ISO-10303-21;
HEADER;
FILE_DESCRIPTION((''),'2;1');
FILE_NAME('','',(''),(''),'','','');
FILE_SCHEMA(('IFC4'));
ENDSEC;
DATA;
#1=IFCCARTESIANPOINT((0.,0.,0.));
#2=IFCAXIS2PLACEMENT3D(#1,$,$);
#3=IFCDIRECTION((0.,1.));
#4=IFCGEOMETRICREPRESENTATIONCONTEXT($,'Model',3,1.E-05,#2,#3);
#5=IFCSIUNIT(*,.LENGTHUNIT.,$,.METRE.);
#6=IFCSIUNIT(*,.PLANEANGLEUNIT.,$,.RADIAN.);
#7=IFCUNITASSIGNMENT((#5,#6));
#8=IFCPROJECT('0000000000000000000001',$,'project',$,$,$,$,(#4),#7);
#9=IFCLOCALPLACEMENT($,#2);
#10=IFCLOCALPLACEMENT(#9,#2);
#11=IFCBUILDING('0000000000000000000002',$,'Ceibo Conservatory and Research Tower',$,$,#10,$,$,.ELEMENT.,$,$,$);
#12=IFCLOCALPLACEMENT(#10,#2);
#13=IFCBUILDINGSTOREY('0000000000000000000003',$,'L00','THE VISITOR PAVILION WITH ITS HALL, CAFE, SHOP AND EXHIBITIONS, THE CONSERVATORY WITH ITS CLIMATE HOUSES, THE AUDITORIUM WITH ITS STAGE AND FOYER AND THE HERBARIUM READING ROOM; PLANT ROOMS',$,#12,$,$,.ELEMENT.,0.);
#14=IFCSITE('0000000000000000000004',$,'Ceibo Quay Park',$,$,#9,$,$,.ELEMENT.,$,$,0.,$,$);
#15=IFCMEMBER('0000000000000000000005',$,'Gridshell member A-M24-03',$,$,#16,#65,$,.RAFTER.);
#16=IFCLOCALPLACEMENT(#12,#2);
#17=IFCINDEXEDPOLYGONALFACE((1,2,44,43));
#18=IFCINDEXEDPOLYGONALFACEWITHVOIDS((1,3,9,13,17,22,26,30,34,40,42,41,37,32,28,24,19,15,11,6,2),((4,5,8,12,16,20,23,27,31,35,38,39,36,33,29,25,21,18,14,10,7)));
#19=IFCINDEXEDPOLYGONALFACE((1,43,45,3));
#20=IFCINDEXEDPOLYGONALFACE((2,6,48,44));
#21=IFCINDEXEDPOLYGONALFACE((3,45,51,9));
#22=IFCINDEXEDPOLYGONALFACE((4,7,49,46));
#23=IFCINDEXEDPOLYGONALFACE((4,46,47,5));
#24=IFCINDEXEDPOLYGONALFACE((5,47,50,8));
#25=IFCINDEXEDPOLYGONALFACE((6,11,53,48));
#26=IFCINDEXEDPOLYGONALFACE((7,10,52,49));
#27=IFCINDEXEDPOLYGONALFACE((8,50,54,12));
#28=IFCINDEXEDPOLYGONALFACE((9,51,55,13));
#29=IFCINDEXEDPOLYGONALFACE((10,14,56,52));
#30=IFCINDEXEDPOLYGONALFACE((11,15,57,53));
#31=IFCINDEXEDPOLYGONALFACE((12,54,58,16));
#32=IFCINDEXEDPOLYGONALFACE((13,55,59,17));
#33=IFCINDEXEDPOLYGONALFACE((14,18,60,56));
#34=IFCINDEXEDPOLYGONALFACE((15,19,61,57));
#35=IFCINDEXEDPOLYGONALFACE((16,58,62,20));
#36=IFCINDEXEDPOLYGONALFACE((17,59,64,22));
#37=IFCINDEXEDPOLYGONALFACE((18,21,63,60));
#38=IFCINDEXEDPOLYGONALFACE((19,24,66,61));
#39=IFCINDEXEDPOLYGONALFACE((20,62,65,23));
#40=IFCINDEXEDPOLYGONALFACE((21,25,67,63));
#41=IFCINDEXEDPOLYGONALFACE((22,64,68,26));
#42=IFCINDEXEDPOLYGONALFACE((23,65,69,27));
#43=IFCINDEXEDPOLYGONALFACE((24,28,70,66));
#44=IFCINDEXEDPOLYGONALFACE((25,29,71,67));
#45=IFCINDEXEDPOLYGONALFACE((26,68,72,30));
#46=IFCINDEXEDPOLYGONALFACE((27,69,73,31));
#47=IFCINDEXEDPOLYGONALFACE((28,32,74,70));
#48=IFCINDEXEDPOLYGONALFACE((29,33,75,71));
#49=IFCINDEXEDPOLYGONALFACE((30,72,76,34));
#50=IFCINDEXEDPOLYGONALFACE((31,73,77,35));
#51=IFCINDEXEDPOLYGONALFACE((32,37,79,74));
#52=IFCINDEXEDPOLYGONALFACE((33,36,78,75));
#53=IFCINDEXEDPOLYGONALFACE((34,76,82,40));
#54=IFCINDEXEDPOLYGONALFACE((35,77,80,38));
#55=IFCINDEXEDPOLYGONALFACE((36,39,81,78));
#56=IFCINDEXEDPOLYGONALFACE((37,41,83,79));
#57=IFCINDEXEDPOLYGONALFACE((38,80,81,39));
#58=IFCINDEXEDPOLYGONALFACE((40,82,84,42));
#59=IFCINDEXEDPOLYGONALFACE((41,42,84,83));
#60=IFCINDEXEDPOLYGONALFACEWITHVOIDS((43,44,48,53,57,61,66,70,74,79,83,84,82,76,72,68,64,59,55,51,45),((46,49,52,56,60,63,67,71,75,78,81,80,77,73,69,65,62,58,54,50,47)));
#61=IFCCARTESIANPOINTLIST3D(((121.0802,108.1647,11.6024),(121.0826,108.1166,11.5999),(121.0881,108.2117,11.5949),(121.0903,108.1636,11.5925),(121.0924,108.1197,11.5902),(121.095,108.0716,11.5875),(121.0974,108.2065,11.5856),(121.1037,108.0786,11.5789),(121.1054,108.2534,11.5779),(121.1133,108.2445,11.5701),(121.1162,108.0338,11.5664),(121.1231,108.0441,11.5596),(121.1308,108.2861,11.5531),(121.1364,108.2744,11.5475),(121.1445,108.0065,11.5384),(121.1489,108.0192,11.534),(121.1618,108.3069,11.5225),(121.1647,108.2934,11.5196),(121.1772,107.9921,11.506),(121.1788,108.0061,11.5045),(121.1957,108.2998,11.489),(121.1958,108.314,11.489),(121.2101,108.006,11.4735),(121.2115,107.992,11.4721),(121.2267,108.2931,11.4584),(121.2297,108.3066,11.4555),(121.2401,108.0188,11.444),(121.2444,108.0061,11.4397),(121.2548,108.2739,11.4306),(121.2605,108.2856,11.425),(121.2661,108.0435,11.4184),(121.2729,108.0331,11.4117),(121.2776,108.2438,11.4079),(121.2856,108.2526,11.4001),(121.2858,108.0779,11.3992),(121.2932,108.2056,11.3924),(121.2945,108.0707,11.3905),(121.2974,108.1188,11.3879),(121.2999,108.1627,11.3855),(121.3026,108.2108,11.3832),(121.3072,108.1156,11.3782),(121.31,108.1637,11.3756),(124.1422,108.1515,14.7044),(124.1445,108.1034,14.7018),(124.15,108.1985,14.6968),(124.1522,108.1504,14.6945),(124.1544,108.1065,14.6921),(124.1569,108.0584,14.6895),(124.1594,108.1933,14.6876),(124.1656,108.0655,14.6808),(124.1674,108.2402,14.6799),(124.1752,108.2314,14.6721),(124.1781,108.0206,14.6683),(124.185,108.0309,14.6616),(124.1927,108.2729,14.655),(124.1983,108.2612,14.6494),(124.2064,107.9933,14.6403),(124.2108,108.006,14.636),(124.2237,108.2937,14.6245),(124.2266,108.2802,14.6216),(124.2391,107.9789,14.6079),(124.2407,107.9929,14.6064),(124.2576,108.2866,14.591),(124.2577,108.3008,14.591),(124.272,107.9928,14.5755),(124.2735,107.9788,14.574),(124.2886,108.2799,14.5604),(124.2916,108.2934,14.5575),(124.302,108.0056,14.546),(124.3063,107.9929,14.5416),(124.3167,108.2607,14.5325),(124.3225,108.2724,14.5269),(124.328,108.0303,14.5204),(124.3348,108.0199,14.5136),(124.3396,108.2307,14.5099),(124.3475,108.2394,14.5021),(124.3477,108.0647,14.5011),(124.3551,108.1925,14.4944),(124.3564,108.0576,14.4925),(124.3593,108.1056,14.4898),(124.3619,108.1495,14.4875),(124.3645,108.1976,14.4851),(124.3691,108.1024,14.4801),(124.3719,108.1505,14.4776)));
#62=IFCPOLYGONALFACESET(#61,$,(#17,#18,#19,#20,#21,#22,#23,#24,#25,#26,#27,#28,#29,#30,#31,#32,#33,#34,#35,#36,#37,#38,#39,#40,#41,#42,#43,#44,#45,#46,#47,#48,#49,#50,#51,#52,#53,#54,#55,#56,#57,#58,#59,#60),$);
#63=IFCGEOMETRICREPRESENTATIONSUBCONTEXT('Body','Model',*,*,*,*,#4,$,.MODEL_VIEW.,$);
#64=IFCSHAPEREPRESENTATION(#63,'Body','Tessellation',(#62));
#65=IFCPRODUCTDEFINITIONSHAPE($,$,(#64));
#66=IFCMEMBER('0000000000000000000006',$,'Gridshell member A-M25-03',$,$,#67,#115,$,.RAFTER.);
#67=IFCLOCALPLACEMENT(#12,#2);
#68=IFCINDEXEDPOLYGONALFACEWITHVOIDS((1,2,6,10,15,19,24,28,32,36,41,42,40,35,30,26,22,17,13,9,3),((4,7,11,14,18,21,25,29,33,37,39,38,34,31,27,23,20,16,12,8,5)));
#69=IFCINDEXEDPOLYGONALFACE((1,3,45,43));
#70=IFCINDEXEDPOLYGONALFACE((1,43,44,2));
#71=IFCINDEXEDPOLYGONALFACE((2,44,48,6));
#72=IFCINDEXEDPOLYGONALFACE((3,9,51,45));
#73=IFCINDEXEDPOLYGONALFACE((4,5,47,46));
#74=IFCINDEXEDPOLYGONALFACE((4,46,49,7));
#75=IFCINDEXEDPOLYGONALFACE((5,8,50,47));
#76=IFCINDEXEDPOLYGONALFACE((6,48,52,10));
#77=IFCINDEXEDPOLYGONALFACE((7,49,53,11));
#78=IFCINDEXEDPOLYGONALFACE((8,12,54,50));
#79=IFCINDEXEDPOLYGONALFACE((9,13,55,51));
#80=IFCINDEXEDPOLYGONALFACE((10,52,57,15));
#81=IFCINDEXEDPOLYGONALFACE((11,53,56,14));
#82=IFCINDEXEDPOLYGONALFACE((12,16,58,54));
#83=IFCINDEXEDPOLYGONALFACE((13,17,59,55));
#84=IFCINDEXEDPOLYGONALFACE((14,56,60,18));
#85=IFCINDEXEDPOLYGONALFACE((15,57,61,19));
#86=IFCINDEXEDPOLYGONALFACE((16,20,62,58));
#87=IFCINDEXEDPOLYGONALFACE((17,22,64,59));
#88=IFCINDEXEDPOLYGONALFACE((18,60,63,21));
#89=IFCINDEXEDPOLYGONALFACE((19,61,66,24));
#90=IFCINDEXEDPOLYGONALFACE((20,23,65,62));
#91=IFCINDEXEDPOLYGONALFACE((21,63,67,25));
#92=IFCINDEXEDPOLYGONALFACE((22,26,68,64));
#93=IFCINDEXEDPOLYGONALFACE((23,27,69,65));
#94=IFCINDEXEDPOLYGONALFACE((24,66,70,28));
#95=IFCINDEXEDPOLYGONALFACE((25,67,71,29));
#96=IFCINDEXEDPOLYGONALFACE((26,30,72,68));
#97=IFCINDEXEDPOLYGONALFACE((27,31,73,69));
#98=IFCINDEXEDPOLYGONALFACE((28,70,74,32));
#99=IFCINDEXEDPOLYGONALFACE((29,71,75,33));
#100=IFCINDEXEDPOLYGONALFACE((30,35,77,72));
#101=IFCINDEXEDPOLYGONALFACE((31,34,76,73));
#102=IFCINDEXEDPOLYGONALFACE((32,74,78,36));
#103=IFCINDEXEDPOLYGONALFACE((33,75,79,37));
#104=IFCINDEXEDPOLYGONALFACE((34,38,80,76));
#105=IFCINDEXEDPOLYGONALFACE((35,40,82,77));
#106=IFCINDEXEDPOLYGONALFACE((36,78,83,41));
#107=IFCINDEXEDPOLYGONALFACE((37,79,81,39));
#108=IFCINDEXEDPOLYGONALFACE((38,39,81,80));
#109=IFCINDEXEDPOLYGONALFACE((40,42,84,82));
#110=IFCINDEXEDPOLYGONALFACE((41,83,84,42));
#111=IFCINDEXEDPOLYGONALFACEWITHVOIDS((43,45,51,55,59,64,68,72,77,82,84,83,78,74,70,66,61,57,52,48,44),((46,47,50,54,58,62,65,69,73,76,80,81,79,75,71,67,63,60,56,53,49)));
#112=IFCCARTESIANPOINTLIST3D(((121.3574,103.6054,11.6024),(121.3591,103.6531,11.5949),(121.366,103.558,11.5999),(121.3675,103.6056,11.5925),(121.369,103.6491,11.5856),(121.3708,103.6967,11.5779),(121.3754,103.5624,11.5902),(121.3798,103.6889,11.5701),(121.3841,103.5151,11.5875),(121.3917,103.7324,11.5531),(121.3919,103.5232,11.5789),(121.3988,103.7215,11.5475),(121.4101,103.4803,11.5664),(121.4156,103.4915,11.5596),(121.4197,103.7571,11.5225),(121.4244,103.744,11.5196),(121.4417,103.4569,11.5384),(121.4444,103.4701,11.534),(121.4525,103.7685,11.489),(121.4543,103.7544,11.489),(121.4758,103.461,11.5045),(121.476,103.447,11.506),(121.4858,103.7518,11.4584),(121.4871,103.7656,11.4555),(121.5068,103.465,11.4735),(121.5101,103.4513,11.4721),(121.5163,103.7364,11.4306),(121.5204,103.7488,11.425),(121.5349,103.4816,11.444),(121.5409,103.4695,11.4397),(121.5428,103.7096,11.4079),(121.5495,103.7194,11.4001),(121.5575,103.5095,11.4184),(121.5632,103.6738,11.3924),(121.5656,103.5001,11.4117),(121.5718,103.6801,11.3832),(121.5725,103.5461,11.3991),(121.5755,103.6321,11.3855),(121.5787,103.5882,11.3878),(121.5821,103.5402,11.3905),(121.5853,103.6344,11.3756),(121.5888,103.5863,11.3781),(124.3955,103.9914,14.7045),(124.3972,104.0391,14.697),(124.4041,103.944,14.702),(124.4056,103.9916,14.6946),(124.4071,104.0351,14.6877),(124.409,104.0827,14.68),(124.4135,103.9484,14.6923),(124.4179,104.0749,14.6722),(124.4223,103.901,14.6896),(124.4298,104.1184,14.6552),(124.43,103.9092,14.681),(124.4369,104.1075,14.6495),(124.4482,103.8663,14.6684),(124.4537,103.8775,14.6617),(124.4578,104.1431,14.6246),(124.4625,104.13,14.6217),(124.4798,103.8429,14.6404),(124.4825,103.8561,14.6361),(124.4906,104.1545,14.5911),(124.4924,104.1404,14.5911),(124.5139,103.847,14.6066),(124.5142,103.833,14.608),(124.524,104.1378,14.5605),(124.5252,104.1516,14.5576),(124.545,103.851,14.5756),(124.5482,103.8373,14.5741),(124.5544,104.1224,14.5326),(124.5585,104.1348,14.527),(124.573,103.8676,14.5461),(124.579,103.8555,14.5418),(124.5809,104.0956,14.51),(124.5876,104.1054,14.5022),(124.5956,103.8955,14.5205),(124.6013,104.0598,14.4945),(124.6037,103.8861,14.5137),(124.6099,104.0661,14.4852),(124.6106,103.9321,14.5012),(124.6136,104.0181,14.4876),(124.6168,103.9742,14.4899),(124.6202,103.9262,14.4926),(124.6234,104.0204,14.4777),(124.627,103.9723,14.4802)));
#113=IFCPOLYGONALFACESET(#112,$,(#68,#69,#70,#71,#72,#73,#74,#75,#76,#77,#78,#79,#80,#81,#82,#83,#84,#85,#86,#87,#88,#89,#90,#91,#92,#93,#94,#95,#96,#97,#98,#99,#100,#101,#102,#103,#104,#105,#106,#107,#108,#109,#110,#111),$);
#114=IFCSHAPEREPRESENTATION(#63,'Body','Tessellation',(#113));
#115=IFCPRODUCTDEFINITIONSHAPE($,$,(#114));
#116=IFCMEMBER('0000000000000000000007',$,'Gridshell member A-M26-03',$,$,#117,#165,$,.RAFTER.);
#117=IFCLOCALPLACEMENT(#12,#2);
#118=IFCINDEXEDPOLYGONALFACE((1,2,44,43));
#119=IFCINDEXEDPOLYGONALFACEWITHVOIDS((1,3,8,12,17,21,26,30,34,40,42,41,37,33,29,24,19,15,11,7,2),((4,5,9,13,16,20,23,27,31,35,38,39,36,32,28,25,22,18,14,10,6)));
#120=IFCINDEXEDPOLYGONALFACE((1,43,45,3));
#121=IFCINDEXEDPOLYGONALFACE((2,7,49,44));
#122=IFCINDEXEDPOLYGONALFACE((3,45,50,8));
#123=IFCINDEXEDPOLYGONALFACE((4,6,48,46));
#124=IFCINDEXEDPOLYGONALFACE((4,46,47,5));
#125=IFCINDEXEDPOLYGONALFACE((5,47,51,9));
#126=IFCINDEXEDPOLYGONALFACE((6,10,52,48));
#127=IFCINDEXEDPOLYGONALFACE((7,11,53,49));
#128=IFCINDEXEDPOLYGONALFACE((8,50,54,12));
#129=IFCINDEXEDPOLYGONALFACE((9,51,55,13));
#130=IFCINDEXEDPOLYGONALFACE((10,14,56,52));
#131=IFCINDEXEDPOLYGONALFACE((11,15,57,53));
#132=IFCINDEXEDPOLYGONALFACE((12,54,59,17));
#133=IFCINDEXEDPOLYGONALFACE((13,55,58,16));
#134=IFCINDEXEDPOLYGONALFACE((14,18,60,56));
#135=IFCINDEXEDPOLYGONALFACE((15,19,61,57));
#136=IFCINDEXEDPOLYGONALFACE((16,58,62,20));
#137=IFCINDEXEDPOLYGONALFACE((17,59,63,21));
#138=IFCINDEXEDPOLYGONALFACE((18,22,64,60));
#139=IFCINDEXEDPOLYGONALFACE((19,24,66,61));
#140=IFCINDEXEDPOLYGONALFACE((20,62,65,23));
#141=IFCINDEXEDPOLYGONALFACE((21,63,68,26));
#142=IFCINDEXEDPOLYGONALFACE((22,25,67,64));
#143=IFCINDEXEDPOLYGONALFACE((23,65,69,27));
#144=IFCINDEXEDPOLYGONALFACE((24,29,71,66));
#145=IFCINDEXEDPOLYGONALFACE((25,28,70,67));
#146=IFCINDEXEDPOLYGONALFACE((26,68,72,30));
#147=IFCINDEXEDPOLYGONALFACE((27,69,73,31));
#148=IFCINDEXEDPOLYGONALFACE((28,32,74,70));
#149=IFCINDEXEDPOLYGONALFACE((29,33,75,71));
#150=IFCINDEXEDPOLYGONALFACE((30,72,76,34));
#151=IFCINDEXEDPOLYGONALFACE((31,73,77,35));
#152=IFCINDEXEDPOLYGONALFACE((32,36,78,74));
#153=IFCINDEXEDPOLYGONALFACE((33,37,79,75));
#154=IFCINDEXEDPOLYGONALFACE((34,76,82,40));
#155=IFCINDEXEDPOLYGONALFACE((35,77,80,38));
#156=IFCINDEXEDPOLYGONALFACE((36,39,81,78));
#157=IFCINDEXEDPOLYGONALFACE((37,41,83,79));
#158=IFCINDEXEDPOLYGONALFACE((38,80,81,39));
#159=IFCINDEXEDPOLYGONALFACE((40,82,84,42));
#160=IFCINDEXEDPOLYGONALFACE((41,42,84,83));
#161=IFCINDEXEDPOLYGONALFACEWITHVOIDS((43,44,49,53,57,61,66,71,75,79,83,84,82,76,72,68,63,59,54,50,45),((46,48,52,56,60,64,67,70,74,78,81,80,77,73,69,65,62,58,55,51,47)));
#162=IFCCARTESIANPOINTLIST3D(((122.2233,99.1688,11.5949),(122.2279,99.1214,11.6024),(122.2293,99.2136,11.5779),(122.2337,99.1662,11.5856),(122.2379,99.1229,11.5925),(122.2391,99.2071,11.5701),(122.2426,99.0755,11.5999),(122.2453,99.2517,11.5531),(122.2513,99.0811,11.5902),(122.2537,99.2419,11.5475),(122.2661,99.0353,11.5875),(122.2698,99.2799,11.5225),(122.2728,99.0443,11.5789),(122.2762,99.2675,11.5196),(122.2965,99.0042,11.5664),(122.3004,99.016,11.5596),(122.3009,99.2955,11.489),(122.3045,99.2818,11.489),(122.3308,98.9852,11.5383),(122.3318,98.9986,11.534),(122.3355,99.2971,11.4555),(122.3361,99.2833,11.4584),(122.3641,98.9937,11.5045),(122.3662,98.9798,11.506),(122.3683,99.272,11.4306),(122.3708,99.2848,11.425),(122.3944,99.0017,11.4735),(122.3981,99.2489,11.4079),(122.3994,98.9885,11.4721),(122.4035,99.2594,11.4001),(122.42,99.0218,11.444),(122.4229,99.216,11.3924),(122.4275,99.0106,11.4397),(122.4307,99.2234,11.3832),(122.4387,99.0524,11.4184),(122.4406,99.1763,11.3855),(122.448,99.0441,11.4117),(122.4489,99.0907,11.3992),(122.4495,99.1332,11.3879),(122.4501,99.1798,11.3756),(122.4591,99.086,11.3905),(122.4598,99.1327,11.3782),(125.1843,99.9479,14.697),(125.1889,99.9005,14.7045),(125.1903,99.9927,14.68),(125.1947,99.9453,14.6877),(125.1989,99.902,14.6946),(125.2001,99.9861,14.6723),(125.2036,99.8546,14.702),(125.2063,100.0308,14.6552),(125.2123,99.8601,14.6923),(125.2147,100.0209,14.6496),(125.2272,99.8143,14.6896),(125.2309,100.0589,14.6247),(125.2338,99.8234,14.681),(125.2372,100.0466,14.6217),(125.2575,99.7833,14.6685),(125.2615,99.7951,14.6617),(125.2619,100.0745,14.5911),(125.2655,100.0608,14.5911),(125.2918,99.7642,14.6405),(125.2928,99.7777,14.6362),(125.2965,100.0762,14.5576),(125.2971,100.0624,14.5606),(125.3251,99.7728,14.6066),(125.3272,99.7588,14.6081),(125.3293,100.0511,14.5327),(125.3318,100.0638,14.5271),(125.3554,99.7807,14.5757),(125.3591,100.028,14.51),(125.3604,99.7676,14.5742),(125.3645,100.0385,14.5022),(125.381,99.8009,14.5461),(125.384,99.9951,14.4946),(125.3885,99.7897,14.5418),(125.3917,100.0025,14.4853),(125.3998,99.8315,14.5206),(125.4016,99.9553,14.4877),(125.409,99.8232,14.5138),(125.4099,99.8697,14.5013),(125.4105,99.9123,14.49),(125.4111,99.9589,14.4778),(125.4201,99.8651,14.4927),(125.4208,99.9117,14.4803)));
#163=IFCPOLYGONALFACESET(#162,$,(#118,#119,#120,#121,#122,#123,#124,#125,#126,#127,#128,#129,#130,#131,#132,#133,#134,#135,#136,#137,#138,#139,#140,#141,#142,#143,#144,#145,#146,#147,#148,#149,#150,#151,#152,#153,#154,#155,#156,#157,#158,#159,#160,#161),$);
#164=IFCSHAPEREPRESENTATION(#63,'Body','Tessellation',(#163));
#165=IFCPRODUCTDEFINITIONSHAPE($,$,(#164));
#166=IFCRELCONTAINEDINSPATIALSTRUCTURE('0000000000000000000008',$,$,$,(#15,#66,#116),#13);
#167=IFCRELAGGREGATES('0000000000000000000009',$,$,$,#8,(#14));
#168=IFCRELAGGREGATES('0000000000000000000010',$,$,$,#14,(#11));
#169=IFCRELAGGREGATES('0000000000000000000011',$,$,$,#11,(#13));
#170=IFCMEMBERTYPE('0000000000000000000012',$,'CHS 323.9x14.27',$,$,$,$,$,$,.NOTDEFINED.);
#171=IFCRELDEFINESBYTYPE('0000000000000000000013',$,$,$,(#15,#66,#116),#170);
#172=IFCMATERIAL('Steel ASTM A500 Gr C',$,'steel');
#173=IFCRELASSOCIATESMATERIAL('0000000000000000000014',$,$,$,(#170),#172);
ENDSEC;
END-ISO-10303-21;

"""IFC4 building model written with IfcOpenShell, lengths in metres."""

from ifc_helpers import new_model, si_unit, direction, frame, origin, origin_2d, place, context, subcontext, project, spatial, hollow_circle, extrude, material, material_profile, profile_set, type_object, element, save


model = new_model("IFC4")

# Units and contexts
model_context = context("Model", 3, precision=1e-05, world=origin(), true_north=direction((0.0, 1.0)))
body_context = subcontext(model_context, "Body", "Model", "MODEL_VIEW")
ifc_project = project(units=[si_unit("LENGTHUNIT", "METRE"), si_unit("PLANEANGLEUNIT", "RADIAN")], contexts=[model_context])

# Site, building, storey
site_placement = place(None, origin())
site = spatial("IfcSite", under=ifc_project, at=site_placement, Name="Ceibo Quay Park", CompositionType="ELEMENT", RefElevation=0.0)
building_placement = place(site_placement, origin())
building = spatial("IfcBuilding", under=site, at=building_placement, Name="Ceibo Conservatory and Research Tower", CompositionType="ELEMENT")
storey_placement = place(building_placement, origin())
storey = spatial("IfcBuildingStorey", under=building, at=storey_placement, Name="L00", Description="THE VISITOR PAVILION WITH ITS HALL, CAFE, SHOP AND EXHIBITIONS, THE CONSERVATORY WITH ITS CLIMATE HOUSES, THE AUDITORIUM WITH ITS STAGE AND FOYER AND THE HERBARIUM READING ROOM; PLANT ROOMS", CompositionType="ELEMENT", Elevation=0.0)

# Members
ifc_material_1 = material(Name="Steel ASTM A500 Gr C", Category="steel")
ifc_material_profile_1 = material_profile(ifc_material_1, hollow_circle(Radius=0.1619, WallThickness=0.0142, at=origin_2d()), Name="CHS 323.9x14.27")
ifc_profile_set_1 = profile_set([ifc_material_profile_1], Name="Steel ASTM A500 Gr C")
member_type_1 = type_object("IfcMemberType", Name="CHS 323.9x14.27", PredefinedType="NOTDEFINED", material=ifc_profile_set_1)
member_1_placement = place(storey_placement, frame((121.1951, 108.1521, 11.489), z_axis=(0.702496, -0.003025, 0.711682), x_axis=(0.004305, 0.999991, 0.0)))
element("IfcMember", 1, at=member_1_placement, inside=storey, type_object=member_type_1, Name="Gridshell member A-M24-03", PredefinedType="RAFTER", context=body_context, shape_type="SweptSolid", body=[
    extrude(hollow_circle(Radius=0.1619, WallThickness=0.0142, at=origin_2d()), origin(), (0.0, 0.0, 1.0), 4.3586),
])
member_2_placement = place(storey_placement, frame((121.4729, 103.6079, 11.489), z_axis=(0.696954, 0.088547, 0.711628), x_axis=(-0.126036, 0.992026, 0.0)))
element("IfcMember", 2, at=member_2_placement, inside=storey, type_object=member_type_1, Name="Gridshell member A-M25-03", PredefinedType="RAFTER", context=body_context, shape_type="SweptSolid", body=[
    extrude(hollow_circle(Radius=0.1619, WallThickness=0.0142, at=origin_2d()), origin(), (0.0, 0.0, 1.0), 4.3591),
])
member_3_placement = place(storey_placement, frame((122.342, 99.1389, 11.489), z_axis=(0.679343, 0.178742, 0.711719), x_axis=(-0.25445, 0.967086, 0.0)))
element("IfcMember", 3, at=member_3_placement, inside=storey, type_object=member_type_1, Name="Gridshell member A-M26-03", PredefinedType="RAFTER", context=body_context, shape_type="SweptSolid", body=[
    extrude(hollow_circle(Radius=0.1619, WallThickness=0.0142, at=origin_2d()), origin(), (0.0, 0.0, 1.0), 4.3586),
])

save(model, "model.ifc")
